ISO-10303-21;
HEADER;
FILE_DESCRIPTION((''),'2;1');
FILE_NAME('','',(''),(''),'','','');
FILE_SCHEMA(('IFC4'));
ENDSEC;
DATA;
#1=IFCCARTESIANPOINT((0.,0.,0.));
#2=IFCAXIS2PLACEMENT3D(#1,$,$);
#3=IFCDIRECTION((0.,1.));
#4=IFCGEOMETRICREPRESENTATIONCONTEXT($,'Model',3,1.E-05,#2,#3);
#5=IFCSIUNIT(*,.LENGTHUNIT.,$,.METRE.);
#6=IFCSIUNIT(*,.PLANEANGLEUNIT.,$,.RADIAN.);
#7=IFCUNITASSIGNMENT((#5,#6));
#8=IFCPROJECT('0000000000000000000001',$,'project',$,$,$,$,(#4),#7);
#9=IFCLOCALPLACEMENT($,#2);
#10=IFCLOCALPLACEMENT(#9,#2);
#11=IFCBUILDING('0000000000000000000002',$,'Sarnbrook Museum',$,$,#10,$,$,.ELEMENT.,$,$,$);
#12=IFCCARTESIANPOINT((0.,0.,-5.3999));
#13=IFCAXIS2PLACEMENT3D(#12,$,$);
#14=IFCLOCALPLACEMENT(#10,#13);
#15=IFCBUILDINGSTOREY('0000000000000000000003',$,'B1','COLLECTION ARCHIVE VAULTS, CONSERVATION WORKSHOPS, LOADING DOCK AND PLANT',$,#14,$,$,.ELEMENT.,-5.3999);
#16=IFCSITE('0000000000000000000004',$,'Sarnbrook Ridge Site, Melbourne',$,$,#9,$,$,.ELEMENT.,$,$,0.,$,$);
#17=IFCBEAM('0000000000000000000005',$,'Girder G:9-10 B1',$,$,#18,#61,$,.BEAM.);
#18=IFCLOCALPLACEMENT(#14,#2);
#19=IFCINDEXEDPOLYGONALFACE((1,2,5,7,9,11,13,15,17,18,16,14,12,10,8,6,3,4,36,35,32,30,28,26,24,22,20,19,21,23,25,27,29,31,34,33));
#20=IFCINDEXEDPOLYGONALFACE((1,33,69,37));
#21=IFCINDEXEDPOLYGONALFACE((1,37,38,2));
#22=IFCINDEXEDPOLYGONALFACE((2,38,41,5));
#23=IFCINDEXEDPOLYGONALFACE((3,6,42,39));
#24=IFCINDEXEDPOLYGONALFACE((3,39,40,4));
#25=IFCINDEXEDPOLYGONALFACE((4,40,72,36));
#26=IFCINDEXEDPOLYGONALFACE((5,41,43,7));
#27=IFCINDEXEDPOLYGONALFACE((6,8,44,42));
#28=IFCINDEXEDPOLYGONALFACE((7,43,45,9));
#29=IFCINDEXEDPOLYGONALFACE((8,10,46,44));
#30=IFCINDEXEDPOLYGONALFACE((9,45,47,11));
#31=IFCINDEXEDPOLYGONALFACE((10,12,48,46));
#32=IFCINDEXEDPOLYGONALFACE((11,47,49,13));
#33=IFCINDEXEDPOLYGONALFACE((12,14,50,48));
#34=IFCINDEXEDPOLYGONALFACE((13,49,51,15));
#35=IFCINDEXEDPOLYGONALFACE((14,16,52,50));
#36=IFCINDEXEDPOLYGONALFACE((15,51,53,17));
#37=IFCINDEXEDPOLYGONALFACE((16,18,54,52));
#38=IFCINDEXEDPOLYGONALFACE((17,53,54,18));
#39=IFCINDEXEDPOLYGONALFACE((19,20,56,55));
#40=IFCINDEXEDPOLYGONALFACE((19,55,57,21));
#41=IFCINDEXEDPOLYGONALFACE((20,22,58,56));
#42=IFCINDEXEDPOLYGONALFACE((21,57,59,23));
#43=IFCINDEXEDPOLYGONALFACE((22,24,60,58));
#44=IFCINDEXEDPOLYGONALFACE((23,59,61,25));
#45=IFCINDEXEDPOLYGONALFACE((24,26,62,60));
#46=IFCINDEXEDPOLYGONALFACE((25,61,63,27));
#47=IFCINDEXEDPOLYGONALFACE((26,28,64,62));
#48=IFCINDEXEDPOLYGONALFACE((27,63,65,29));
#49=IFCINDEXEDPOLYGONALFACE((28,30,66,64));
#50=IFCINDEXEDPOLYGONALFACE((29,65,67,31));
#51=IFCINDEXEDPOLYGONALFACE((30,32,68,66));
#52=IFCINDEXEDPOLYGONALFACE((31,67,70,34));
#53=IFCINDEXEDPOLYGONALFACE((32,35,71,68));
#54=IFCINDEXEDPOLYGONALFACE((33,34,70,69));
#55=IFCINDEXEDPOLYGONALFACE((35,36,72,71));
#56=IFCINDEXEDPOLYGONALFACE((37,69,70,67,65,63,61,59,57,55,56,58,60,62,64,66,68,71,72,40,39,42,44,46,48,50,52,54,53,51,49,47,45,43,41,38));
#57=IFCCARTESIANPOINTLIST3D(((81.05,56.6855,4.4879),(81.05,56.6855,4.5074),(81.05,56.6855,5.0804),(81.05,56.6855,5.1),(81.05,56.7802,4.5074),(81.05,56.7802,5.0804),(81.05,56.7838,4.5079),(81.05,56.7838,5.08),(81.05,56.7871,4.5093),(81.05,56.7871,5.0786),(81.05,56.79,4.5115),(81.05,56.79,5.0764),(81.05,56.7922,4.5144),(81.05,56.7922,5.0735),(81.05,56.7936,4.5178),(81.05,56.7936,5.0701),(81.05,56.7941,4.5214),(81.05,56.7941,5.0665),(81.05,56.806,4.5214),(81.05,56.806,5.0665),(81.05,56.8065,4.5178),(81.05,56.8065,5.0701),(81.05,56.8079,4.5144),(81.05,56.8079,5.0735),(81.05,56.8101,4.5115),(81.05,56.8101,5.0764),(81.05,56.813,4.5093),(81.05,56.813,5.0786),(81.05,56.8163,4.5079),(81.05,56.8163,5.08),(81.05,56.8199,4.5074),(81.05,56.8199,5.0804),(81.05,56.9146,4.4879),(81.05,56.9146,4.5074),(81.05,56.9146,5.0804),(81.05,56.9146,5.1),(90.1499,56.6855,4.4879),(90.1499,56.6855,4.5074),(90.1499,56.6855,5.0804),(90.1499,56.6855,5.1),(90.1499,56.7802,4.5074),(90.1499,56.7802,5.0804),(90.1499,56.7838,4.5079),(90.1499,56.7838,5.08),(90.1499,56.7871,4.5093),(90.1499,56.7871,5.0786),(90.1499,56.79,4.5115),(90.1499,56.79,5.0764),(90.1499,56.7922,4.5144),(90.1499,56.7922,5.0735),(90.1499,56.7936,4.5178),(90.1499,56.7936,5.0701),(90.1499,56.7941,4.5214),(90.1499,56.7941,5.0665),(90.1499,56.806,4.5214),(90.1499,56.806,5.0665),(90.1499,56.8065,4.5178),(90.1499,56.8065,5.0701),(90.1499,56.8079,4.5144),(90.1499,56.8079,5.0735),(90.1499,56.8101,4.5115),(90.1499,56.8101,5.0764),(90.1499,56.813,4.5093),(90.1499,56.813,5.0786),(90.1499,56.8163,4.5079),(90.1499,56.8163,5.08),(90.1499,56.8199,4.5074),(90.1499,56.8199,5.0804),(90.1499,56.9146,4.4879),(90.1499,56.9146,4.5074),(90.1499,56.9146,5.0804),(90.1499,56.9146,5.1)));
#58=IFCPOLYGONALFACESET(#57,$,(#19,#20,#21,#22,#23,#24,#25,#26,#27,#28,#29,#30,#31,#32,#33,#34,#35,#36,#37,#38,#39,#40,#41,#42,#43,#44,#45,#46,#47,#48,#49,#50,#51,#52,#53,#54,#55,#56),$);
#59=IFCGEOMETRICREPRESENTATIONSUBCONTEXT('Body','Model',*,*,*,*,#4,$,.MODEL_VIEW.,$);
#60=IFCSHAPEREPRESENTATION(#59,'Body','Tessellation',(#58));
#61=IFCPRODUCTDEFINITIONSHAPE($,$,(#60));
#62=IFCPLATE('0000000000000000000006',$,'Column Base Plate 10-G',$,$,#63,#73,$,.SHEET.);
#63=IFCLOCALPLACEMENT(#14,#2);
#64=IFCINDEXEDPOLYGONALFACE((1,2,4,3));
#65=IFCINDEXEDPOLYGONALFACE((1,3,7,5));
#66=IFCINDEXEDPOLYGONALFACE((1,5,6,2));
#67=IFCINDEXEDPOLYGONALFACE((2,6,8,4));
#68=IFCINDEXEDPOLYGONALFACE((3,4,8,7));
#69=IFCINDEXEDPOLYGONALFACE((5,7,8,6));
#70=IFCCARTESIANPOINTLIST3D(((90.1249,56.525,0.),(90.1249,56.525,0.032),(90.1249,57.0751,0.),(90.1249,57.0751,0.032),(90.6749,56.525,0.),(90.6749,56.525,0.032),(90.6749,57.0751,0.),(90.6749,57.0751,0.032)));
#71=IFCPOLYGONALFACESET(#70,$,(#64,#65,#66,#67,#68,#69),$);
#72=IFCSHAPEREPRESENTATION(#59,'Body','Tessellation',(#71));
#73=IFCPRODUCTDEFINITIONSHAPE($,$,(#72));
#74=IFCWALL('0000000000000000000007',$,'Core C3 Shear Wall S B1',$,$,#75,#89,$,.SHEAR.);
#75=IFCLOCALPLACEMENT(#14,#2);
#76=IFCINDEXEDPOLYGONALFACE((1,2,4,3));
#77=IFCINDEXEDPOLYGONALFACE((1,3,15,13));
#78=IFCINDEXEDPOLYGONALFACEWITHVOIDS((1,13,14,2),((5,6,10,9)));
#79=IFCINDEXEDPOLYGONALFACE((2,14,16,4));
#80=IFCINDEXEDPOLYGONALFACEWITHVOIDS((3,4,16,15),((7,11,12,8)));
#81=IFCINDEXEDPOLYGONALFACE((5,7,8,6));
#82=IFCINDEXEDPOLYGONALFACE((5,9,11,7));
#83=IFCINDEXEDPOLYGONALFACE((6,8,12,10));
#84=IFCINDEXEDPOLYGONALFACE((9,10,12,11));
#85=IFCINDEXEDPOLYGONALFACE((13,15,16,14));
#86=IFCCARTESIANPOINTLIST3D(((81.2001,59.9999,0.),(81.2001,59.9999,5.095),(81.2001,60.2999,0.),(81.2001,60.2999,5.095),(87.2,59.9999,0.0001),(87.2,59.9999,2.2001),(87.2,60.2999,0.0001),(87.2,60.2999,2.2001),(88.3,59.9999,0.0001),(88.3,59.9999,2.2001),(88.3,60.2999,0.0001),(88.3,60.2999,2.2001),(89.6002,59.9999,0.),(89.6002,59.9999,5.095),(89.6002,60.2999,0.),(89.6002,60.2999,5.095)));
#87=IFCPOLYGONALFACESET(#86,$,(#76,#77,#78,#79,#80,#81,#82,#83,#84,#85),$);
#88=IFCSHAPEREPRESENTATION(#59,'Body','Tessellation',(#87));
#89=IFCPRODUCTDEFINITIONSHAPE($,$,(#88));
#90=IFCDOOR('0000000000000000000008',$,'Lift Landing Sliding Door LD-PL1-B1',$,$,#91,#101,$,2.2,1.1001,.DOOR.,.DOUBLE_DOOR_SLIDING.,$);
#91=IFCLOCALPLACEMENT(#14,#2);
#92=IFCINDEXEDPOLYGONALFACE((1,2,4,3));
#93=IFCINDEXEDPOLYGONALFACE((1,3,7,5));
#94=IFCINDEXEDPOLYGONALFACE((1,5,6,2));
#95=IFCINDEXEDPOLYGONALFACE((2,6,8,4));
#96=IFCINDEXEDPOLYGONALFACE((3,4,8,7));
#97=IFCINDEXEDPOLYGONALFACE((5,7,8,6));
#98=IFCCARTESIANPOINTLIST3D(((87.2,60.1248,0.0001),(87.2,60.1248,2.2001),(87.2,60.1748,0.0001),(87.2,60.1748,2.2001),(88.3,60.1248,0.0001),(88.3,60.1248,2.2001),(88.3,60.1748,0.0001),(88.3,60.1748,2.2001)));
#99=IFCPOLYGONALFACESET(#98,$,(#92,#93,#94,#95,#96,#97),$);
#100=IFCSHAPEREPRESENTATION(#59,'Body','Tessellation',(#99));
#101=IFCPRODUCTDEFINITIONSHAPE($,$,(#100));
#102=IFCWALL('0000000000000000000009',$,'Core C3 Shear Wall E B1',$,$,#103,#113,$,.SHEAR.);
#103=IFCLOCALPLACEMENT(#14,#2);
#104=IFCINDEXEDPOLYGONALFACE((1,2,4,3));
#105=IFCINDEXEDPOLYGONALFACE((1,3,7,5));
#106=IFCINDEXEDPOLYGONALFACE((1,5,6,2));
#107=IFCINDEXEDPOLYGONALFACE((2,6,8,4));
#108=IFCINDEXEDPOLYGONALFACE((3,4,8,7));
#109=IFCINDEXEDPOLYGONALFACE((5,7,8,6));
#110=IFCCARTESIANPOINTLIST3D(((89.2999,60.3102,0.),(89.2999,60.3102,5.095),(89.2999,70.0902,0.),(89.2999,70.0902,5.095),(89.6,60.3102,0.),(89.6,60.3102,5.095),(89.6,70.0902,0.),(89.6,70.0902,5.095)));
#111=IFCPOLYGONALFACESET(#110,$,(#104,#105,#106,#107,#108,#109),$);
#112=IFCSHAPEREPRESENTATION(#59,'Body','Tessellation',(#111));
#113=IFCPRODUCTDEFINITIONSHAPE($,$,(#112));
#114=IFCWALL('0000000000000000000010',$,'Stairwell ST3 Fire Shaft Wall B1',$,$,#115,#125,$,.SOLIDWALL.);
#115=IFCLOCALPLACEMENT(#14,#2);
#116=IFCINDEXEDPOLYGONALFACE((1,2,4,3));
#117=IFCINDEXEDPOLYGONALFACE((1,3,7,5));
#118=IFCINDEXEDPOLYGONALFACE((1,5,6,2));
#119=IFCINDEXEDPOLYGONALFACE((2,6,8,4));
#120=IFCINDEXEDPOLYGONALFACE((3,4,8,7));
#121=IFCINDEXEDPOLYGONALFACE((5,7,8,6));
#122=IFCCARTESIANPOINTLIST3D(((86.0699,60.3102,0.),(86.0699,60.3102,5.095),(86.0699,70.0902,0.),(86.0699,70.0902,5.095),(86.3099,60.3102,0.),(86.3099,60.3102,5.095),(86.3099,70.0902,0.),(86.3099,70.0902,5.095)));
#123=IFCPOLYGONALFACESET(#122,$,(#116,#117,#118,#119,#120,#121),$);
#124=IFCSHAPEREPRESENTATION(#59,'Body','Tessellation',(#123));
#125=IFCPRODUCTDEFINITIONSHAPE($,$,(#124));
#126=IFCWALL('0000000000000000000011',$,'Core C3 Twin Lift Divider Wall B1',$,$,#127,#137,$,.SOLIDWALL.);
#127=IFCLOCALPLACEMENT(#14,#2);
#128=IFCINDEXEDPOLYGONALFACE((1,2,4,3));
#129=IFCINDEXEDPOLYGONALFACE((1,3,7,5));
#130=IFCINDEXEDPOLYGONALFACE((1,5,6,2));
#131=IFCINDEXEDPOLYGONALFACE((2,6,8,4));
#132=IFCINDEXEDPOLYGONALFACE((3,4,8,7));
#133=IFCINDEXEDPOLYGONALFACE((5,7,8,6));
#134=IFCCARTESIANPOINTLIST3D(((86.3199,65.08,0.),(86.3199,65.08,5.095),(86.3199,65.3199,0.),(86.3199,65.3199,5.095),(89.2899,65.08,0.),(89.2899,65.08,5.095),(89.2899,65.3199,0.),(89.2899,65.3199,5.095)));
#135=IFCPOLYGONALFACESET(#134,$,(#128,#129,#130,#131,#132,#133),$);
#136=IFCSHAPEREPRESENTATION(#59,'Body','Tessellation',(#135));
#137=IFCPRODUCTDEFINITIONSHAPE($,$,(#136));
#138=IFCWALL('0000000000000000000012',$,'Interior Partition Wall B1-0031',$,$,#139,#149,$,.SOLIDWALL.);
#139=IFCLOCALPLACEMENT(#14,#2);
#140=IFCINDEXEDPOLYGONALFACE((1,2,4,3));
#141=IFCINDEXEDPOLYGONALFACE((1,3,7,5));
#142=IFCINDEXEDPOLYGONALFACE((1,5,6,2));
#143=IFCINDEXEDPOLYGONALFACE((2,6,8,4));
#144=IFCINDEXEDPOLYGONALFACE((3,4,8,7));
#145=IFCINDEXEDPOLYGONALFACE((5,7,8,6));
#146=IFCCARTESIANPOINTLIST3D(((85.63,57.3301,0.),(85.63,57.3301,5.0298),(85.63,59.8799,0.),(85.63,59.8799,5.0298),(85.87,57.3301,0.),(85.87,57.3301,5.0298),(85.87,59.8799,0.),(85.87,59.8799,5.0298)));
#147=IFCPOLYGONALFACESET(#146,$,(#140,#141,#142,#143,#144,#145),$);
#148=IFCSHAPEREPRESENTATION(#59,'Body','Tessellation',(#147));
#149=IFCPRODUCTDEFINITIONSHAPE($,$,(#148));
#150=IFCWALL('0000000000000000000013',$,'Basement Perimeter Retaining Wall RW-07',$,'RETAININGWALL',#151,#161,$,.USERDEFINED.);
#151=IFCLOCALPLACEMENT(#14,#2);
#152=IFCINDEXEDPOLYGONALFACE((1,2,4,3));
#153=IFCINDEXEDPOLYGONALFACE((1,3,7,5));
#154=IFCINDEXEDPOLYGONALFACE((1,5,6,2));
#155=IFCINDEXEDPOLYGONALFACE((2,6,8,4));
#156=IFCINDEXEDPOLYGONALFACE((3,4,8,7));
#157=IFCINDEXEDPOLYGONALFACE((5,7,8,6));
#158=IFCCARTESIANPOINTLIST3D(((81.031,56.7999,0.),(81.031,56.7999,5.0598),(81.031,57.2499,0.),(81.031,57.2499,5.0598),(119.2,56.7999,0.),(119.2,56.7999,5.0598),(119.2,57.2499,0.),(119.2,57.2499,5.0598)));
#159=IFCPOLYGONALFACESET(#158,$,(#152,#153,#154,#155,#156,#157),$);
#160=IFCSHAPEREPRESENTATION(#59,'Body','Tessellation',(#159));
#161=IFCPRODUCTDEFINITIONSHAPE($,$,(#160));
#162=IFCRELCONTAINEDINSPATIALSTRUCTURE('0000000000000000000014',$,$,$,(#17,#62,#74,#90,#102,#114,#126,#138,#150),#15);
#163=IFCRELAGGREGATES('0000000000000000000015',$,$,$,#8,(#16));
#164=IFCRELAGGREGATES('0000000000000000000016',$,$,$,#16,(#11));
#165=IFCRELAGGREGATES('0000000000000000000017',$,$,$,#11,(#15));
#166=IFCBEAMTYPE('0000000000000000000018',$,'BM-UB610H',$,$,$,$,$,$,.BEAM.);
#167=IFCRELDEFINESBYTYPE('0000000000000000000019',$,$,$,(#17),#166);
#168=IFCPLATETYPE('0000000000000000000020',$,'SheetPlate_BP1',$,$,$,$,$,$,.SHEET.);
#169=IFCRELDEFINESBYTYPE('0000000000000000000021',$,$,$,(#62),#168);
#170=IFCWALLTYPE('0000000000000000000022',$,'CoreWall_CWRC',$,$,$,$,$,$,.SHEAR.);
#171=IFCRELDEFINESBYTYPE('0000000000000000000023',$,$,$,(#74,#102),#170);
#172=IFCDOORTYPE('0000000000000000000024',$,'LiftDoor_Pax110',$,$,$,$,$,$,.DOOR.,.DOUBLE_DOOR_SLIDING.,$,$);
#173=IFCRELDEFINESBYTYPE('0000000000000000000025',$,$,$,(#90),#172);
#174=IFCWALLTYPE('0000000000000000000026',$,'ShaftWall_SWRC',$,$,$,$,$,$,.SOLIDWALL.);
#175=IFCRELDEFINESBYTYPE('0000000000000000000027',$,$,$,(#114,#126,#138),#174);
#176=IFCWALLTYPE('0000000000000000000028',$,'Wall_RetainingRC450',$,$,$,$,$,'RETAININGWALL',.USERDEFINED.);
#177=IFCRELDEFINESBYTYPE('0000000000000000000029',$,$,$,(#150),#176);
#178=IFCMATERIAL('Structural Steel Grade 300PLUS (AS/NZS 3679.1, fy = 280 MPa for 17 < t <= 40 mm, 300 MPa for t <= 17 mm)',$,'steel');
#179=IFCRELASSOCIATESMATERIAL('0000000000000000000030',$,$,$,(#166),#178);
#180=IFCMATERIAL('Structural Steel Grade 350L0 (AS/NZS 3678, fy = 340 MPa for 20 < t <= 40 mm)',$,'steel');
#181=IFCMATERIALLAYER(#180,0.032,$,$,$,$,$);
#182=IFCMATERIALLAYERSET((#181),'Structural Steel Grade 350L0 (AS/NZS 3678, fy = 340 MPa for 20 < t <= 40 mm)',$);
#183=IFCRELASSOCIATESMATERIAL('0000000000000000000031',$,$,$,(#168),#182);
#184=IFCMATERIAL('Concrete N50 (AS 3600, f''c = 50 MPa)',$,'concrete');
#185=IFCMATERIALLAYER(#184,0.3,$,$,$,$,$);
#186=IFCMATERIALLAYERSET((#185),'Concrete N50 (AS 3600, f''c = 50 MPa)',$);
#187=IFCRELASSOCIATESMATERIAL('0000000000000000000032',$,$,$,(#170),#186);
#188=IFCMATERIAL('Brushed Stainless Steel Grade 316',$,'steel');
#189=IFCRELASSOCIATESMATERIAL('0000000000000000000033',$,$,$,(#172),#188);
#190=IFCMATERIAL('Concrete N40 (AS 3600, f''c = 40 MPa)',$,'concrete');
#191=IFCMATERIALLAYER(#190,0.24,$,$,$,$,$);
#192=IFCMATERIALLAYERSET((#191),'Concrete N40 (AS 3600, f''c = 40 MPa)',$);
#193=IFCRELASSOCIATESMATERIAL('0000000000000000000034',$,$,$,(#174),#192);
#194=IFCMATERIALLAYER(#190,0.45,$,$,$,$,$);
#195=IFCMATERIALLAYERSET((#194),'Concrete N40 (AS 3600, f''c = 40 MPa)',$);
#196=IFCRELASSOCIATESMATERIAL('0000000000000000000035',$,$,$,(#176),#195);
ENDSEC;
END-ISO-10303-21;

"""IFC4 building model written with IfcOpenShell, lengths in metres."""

from ifc_helpers import new_model, si_unit, direction, frame, frame_2d, origin, origin_2d, place, context, subcontext, project, spatial, rectangle, i_section, extrude, material, layer, layer_set, material_profile, profile_set, type_object, element, fill, save


model = new_model("IFC4")

# Units and contexts
model_context = context("Model", 3, precision=1e-05, world=origin(), true_north=direction((0.0, 1.0)))
body_context = subcontext(model_context, "Body", "Model", "MODEL_VIEW")
ifc_project = project(units=[si_unit("LENGTHUNIT", "METRE"), si_unit("PLANEANGLEUNIT", "RADIAN")], contexts=[model_context])

# Site, building, storey
site_placement = place(None, origin())
site = spatial("IfcSite", under=ifc_project, at=site_placement, Name="Sarnbrook Ridge Site, Melbourne", CompositionType="ELEMENT", RefElevation=0.0)
building_placement = place(site_placement, origin())
building = spatial("IfcBuilding", under=site, at=building_placement, Name="Sarnbrook Museum", CompositionType="ELEMENT")
storey_placement = place(building_placement, frame((0.0, 0.0, -5.3999)))
storey = spatial("IfcBuildingStorey", under=building, at=storey_placement, Name="B1", Description="COLLECTION ARCHIVE VAULTS, CONSERVATION WORKSHOPS, LOADING DOCK AND PLANT", CompositionType="ELEMENT", Elevation=-5.3999)

# Shared definitions
ifc_material_1 = material(Name="Concrete N50 (AS 3600, f'c = 50 MPa)", Category="concrete")

# Shared definitions
ifc_material_2 = material(Name="Concrete N40 (AS 3600, f'c = 40 MPa)", Category="concrete")

# Shared definitions
ifc_material_3 = material(Name="Structural Steel Grade 350L0 (AS/NZS 3678, fy = 340 MPa for 20 < t <= 40 mm)", Category="steel")

# Beam
ifc_material_4 = material(Name="Structural Steel Grade 300PLUS (AS/NZS 3679.1, fy = 280 MPa for 17 < t <= 40 mm, 300 MPa for t <= 17 mm)", Category="steel")
ifc_material_profile_1 = material_profile(ifc_material_4, i_section(OverallWidth=0.229, OverallDepth=0.6121, WebThickness=0.012, FlangeThickness=0.0195, FilletRadius=0.0139, at=origin_2d()), Name="610UB125")
ifc_profile_set_1 = profile_set([ifc_material_profile_1], Name="Structural Steel Grade 300PLUS (AS/NZS 3679.1, fy = 280 MPa for 17 < t <= 40 mm, 300 MPa for t <= 17 mm)")
beam_type_1 = type_object("IfcBeamType", Name="BM-UB610H", PredefinedType="BEAM", material=ifc_profile_set_1)
beam_1_placement = place(storey_placement, frame((81.05, 56.8, 4.7939), z_axis=(1.0, 0.0, 0.0), x_axis=(0.0, 1.0, 0.0)))
element("IfcBeam", 1, at=beam_1_placement, inside=storey, type_object=beam_type_1, Name="Girder G:9-10 B1", PredefinedType="BEAM", context=body_context, shape_type="SweptSolid", body=[
    extrude(i_section(OverallWidth=0.229, OverallDepth=0.6121, WebThickness=0.012, FlangeThickness=0.0195, FilletRadius=0.0139, at=origin_2d()), origin(), (0.0, 0.0, 1.0), 9.0999),
])

# Plate
ifc_layer_1 = layer(ifc_material_3, 0.032)
ifc_layer_set_1 = layer_set([ifc_layer_1], Name="Structural Steel Grade 350L0 (AS/NZS 3678, fy = 340 MPa for 20 < t <= 40 mm)")
plate_type = type_object("IfcPlateType", Name="SheetPlate_BP1", PredefinedType="SHEET", material=ifc_layer_set_1)
plate_placement = place(storey_placement, frame((90.3999, 56.8, 0.0), z_axis=(0.0, 0.0, 1.0), x_axis=(1.0, 0.0, 0.0)))
element("IfcPlate", 2, at=plate_placement, inside=storey, type_object=plate_type, Name="Column Base Plate 10-G", PredefinedType="SHEET", context=body_context, shape_type="SweptSolid", body=[
    extrude(rectangle(XDim=0.55, YDim=0.55, at=origin_2d()), origin(), (0.0, 0.0, 1.0), 0.032),
])

# Wall, opening, door
ifc_layer_2 = layer(ifc_material_1, 0.3)
ifc_layer_set_2 = layer_set([ifc_layer_2], Name="Concrete N50 (AS 3600, f'c = 50 MPa)")
wall_type_1 = type_object("IfcWallType", Name="CoreWall_CWRC", PredefinedType="SHEAR", material=ifc_layer_set_2)
wall_1_placement = place(storey_placement, frame((81.2, 60.1499, 0.0), z_axis=(0.0, 0.0, 1.0), x_axis=(1.0, 0.0, 0.0)))
wall_1 = element("IfcWall", 3, at=wall_1_placement, inside=storey, type_object=wall_type_1, Name="Core C3 Shear Wall S B1", PredefinedType="SHEAR", context=body_context, shape_type="SweptSolid", body=[
    extrude(rectangle(XDim=8.4001, YDim=0.3, at=frame_2d((4.2002, 0.0))), origin(), (0.0, 0.0, 1.0), 5.095),
])
opening_placement = place(wall_1_placement, frame((6.0, 0.0, 0.0)))
opening = element("IfcOpeningElement", 4, at=opening_placement, cuts=wall_1, PredefinedType="OPENING", context=body_context, shape_type="SweptSolid", body=[
    extrude(rectangle(XDim=1.1001, YDim=2.2, at=frame_2d((0.55, 1.1001))), frame((0.0, 0.1602, 0.0), z_axis=(0.0, -1.0, 0.0), x_axis=(1.0, 0.0, 0.0)), (0.0, 0.0, 1.0), 0.3201),
])
ifc_material_5 = material(Name="Brushed Stainless Steel Grade 316", Category="steel")
door_type = type_object("IfcDoorType", Name="LiftDoor_Pax110", OperationType="DOUBLE_DOOR_SLIDING", PredefinedType="DOOR", material=ifc_material_5)
door_placement = place(opening_placement, origin())
door = element("IfcDoor", 5, at=door_placement, inside=storey, type_object=door_type, Name="Lift Landing Sliding Door LD-PL1-B1", OperationType="DOUBLE_DOOR_SLIDING", OverallHeight=2.2, OverallWidth=1.1001, PredefinedType="DOOR", context=body_context, shape_type="SweptSolid", body=[
    extrude(rectangle(XDim=1.1001, YDim=2.2, at=frame_2d((0.55, 1.1001))), frame((0.0, 0.0249, 0.0), z_axis=(0.0, -1.0, 0.0), x_axis=(1.0, 0.0, 0.0)), (0.0, 0.0, 1.0), 0.05),
])
fill(opening, door)

# Walls
wall_2_placement = place(storey_placement, frame((89.45, 60.3101, 0.0), z_axis=(0.0, 0.0, 1.0), x_axis=(0.0, 1.0, 0.0)))
element("IfcWall", 6, at=wall_2_placement, inside=storey, type_object=wall_type_1, Name="Core C3 Shear Wall E B1", PredefinedType="SHEAR", context=body_context, shape_type="SweptSolid", body=[
    extrude(rectangle(XDim=9.78, YDim=0.3, at=frame_2d((4.8901, 0.0))), origin(), (0.0, 0.0, 1.0), 5.095),
])
ifc_layer_3 = layer(ifc_material_2, 0.24)
ifc_layer_set_3 = layer_set([ifc_layer_3], Name="Concrete N40 (AS 3600, f'c = 40 MPa)")
wall_type_2 = type_object("IfcWallType", Name="ShaftWall_SWRC", PredefinedType="SOLIDWALL", material=ifc_layer_set_3)
wall_3_placement = place(storey_placement, frame((86.1899, 60.3101, 0.0), z_axis=(0.0, 0.0, 1.0), x_axis=(0.0, 1.0, 0.0)))
element("IfcWall", 7, at=wall_3_placement, inside=storey, type_object=wall_type_2, Name="Stairwell ST3 Fire Shaft Wall B1", PredefinedType="SOLIDWALL", context=body_context, shape_type="SweptSolid", body=[
    extrude(rectangle(XDim=9.78, YDim=0.24, at=frame_2d((4.8901, 0.0))), origin(), (0.0, 0.0, 1.0), 5.095),
])
wall_4_placement = place(storey_placement, frame((86.3201, 65.2, 0.0), z_axis=(0.0, 0.0, 1.0), x_axis=(1.0, 0.0, 0.0)))
element("IfcWall", 8, at=wall_4_placement, inside=storey, type_object=wall_type_2, Name="Core C3 Twin Lift Divider Wall B1", PredefinedType="SOLIDWALL", context=body_context, shape_type="SweptSolid", body=[
    extrude(rectangle(XDim=2.97, YDim=0.24, at=frame_2d((1.4849, 0.0))), origin(), (0.0, 0.0, 1.0), 5.095),
])
wall_5_placement = place(storey_placement, frame((85.75, 59.8799, 0.0), z_axis=(0.0, 0.0, 1.0), x_axis=(0.0, -1.0, 0.0)))
element("IfcWall", 9, at=wall_5_placement, inside=storey, type_object=wall_type_2, Name="Interior Partition Wall B1-0031", PredefinedType="SOLIDWALL", context=body_context, shape_type="SweptSolid", body=[
    extrude(rectangle(XDim=2.5498, YDim=0.24, at=frame_2d((1.2749, 0.0))), origin(), (0.0, 0.0, 1.0), 5.0298),
])
ifc_layer_4 = layer(ifc_material_2, 0.45)
ifc_layer_set_4 = layer_set([ifc_layer_4], Name="Concrete N40 (AS 3600, f'c = 40 MPa)")
wall_type_3 = type_object("IfcWallType", Name="Wall_RetainingRC450", ElementType="RETAININGWALL", PredefinedType="USERDEFINED", material=ifc_layer_set_4)
wall_6_placement = place(storey_placement, frame((81.031, 57.0249, 0.0), z_axis=(0.0, 0.0, 1.0), x_axis=(1.0, 0.0, 0.0)))
element("IfcWall", 10, at=wall_6_placement, inside=storey, type_object=wall_type_3, Name="Basement Perimeter Retaining Wall RW-07", ObjectType="RETAININGWALL", PredefinedType="USERDEFINED", context=body_context, shape_type="SweptSolid", body=[
    extrude(rectangle(XDim=38.1689, YDim=0.45, at=frame_2d((19.0845, 0.0))), origin(), (0.0, 0.0, 1.0), 5.0598),
])

save(model, "model.ifc")
